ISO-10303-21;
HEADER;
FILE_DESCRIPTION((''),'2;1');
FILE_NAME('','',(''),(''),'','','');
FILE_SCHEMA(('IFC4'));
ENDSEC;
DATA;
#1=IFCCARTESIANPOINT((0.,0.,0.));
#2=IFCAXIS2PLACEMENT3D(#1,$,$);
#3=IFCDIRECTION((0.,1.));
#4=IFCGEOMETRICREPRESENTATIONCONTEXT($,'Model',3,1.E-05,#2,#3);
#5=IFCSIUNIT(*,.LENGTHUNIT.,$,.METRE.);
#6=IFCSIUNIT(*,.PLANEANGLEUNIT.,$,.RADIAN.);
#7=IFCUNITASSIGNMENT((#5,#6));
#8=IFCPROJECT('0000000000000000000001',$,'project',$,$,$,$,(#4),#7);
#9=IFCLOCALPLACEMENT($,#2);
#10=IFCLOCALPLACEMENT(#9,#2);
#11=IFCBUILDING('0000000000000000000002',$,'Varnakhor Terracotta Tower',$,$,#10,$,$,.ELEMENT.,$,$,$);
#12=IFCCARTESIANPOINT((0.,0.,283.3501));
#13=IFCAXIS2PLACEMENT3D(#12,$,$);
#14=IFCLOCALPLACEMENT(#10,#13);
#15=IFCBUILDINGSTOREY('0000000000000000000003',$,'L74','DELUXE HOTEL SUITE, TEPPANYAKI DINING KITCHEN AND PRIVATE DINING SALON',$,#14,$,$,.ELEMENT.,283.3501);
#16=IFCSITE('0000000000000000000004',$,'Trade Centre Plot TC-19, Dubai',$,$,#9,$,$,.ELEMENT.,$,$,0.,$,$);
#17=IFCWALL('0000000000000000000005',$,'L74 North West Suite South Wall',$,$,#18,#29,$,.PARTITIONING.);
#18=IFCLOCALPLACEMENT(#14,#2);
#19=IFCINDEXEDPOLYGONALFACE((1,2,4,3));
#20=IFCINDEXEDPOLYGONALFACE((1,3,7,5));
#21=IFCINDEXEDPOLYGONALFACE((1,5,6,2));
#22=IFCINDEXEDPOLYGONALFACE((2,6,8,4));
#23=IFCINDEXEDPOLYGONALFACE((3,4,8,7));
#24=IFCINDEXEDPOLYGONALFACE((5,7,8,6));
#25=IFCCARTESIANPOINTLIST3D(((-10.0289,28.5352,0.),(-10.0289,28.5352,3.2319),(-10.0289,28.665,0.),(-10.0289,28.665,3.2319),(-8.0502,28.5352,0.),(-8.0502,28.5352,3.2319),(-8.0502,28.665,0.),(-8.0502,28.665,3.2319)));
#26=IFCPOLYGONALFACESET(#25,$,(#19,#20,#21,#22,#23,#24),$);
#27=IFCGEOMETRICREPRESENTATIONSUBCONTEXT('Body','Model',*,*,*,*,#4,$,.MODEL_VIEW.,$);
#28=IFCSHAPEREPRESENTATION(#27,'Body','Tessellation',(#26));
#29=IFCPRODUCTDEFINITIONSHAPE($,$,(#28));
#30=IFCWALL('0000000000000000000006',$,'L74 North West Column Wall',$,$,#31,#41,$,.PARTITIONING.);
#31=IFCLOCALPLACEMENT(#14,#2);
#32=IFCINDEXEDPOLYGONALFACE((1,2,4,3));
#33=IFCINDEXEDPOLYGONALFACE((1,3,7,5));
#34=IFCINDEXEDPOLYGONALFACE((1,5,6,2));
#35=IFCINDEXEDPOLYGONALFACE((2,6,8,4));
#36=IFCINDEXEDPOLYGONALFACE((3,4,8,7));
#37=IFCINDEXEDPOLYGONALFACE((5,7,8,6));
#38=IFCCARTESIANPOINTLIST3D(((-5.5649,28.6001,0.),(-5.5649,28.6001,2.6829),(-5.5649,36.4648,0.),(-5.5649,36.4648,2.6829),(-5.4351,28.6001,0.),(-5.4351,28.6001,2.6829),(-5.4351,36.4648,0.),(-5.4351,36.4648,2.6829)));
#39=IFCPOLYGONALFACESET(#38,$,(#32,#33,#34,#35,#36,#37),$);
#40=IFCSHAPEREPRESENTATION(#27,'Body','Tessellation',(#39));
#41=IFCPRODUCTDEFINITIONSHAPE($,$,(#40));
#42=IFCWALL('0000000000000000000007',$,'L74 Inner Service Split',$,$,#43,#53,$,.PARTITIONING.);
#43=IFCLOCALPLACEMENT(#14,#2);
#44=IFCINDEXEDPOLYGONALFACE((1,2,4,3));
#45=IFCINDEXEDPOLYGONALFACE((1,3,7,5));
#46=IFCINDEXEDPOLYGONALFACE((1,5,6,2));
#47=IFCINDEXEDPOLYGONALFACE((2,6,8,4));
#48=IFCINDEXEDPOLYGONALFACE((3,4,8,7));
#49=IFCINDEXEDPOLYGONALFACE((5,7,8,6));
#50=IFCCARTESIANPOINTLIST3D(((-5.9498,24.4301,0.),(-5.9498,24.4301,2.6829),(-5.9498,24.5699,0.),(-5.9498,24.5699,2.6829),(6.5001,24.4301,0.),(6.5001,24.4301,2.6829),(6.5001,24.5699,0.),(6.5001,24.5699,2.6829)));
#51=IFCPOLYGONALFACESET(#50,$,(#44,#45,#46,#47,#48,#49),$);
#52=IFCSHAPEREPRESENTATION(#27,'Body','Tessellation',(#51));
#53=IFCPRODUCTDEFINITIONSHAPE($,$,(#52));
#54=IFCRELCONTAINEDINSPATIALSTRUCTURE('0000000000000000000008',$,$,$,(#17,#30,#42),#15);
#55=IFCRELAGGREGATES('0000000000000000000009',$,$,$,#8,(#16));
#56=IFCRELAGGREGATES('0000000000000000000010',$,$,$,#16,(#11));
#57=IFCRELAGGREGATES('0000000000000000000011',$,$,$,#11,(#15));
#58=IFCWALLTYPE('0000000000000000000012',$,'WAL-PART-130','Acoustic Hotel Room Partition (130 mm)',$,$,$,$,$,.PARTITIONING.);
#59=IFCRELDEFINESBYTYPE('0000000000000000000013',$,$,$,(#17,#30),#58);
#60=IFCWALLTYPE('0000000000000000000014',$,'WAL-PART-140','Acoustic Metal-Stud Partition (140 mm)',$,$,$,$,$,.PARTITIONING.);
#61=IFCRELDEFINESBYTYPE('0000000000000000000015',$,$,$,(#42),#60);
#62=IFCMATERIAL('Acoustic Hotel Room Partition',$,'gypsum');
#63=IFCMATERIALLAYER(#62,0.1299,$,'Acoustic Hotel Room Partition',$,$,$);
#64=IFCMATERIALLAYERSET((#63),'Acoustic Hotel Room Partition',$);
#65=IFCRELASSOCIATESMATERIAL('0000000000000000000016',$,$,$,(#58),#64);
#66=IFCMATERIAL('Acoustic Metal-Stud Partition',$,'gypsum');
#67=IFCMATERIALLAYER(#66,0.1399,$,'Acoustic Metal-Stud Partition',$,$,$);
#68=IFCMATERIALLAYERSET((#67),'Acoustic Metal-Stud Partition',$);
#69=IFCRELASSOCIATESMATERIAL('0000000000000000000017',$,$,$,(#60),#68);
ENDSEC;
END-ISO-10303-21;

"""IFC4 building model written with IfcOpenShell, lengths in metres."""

from ifc_helpers import new_model, si_unit, direction, frame, frame_2d, origin, place, context, subcontext, project, spatial, rectangle, extrude, material, layer, layer_set, type_object, element, save


model = new_model("IFC4")

# Units and contexts
model_context = context("Model", 3, precision=1e-05, world=origin(), true_north=direction((0.0, 1.0)))
body_context = subcontext(model_context, "Body", "Model", "MODEL_VIEW")
ifc_project = project(units=[si_unit("LENGTHUNIT", "METRE"), si_unit("PLANEANGLEUNIT", "RADIAN")], contexts=[model_context])

# Site, building, storey
site_placement = place(None, origin())
site = spatial("IfcSite", under=ifc_project, at=site_placement, Name="Trade Centre Plot TC-19, Dubai", CompositionType="ELEMENT", RefElevation=0.0)
building_placement = place(site_placement, origin())
building = spatial("IfcBuilding", under=site, at=building_placement, Name="Varnakhor Terracotta Tower", CompositionType="ELEMENT")
storey_placement = place(building_placement, frame((0.0, 0.0, 283.3501)))
storey = spatial("IfcBuildingStorey", under=building, at=storey_placement, Name="L74", Description="DELUXE HOTEL SUITE, TEPPANYAKI DINING KITCHEN AND PRIVATE DINING SALON", CompositionType="ELEMENT", Elevation=283.3501)

# Walls
ifc_material_1 = material(Name="Acoustic Hotel Room Partition", Category="gypsum")
ifc_layer_1 = layer(ifc_material_1, 0.1299, Name="Acoustic Hotel Room Partition")
ifc_layer_set_1 = layer_set([ifc_layer_1], Name="Acoustic Hotel Room Partition")
wall_type_1 = type_object("IfcWallType", Name="WAL-PART-130", Description="Acoustic Hotel Room Partition (130 mm)", PredefinedType="PARTITIONING", material=ifc_layer_set_1)
wall_1_placement = place(storey_placement, frame((-10.0288, 28.6001, 0.0), z_axis=(0.0, 0.0, 1.0), x_axis=(1.0, 0.0, 0.0)))
element("IfcWall", 1, at=wall_1_placement, inside=storey, type_object=wall_type_1, Name="L74 North West Suite South Wall", PredefinedType="PARTITIONING", context=body_context, shape_type="SweptSolid", body=[
    extrude(rectangle(XDim=1.9788, YDim=0.1299, at=frame_2d((0.9893, 0.0))), origin(), (0.0, 0.0, 1.0), 3.2319),
])
wall_2_placement = place(storey_placement, frame((-5.5, 28.6001, 0.0), z_axis=(0.0, 0.0, 1.0), x_axis=(0.0, 1.0, 0.0)))
element("IfcWall", 2, at=wall_2_placement, inside=storey, type_object=wall_type_1, Name="L74 North West Column Wall", PredefinedType="PARTITIONING", context=body_context, shape_type="SweptSolid", body=[
    extrude(rectangle(XDim=7.8647, YDim=0.1299, at=frame_2d((3.9324, 0.0))), origin(), (0.0, 0.0, 1.0), 2.6829),
])
ifc_material_2 = material(Name="Acoustic Metal-Stud Partition", Category="gypsum")
ifc_layer_2 = layer(ifc_material_2, 0.1399, Name="Acoustic Metal-Stud Partition")
ifc_layer_set_2 = layer_set([ifc_layer_2], Name="Acoustic Metal-Stud Partition")
wall_type_2 = type_object("IfcWallType", Name="WAL-PART-140", Description="Acoustic Metal-Stud Partition (140 mm)", PredefinedType="PARTITIONING", material=ifc_layer_set_2)
wall_3_placement = place(storey_placement, frame((-5.95, 24.5, 0.0), z_axis=(0.0, 0.0, 1.0), x_axis=(1.0, 0.0, 0.0)))
element("IfcWall", 3, at=wall_3_placement, inside=storey, type_object=wall_type_2, Name="L74 Inner Service Split", PredefinedType="PARTITIONING", context=body_context, shape_type="SweptSolid", body=[
    extrude(rectangle(XDim=12.45, YDim=0.1399, at=frame_2d((6.2251, 0.0))), origin(), (0.0, 0.0, 1.0), 2.6829),
])

save(model, "model.ifc")
